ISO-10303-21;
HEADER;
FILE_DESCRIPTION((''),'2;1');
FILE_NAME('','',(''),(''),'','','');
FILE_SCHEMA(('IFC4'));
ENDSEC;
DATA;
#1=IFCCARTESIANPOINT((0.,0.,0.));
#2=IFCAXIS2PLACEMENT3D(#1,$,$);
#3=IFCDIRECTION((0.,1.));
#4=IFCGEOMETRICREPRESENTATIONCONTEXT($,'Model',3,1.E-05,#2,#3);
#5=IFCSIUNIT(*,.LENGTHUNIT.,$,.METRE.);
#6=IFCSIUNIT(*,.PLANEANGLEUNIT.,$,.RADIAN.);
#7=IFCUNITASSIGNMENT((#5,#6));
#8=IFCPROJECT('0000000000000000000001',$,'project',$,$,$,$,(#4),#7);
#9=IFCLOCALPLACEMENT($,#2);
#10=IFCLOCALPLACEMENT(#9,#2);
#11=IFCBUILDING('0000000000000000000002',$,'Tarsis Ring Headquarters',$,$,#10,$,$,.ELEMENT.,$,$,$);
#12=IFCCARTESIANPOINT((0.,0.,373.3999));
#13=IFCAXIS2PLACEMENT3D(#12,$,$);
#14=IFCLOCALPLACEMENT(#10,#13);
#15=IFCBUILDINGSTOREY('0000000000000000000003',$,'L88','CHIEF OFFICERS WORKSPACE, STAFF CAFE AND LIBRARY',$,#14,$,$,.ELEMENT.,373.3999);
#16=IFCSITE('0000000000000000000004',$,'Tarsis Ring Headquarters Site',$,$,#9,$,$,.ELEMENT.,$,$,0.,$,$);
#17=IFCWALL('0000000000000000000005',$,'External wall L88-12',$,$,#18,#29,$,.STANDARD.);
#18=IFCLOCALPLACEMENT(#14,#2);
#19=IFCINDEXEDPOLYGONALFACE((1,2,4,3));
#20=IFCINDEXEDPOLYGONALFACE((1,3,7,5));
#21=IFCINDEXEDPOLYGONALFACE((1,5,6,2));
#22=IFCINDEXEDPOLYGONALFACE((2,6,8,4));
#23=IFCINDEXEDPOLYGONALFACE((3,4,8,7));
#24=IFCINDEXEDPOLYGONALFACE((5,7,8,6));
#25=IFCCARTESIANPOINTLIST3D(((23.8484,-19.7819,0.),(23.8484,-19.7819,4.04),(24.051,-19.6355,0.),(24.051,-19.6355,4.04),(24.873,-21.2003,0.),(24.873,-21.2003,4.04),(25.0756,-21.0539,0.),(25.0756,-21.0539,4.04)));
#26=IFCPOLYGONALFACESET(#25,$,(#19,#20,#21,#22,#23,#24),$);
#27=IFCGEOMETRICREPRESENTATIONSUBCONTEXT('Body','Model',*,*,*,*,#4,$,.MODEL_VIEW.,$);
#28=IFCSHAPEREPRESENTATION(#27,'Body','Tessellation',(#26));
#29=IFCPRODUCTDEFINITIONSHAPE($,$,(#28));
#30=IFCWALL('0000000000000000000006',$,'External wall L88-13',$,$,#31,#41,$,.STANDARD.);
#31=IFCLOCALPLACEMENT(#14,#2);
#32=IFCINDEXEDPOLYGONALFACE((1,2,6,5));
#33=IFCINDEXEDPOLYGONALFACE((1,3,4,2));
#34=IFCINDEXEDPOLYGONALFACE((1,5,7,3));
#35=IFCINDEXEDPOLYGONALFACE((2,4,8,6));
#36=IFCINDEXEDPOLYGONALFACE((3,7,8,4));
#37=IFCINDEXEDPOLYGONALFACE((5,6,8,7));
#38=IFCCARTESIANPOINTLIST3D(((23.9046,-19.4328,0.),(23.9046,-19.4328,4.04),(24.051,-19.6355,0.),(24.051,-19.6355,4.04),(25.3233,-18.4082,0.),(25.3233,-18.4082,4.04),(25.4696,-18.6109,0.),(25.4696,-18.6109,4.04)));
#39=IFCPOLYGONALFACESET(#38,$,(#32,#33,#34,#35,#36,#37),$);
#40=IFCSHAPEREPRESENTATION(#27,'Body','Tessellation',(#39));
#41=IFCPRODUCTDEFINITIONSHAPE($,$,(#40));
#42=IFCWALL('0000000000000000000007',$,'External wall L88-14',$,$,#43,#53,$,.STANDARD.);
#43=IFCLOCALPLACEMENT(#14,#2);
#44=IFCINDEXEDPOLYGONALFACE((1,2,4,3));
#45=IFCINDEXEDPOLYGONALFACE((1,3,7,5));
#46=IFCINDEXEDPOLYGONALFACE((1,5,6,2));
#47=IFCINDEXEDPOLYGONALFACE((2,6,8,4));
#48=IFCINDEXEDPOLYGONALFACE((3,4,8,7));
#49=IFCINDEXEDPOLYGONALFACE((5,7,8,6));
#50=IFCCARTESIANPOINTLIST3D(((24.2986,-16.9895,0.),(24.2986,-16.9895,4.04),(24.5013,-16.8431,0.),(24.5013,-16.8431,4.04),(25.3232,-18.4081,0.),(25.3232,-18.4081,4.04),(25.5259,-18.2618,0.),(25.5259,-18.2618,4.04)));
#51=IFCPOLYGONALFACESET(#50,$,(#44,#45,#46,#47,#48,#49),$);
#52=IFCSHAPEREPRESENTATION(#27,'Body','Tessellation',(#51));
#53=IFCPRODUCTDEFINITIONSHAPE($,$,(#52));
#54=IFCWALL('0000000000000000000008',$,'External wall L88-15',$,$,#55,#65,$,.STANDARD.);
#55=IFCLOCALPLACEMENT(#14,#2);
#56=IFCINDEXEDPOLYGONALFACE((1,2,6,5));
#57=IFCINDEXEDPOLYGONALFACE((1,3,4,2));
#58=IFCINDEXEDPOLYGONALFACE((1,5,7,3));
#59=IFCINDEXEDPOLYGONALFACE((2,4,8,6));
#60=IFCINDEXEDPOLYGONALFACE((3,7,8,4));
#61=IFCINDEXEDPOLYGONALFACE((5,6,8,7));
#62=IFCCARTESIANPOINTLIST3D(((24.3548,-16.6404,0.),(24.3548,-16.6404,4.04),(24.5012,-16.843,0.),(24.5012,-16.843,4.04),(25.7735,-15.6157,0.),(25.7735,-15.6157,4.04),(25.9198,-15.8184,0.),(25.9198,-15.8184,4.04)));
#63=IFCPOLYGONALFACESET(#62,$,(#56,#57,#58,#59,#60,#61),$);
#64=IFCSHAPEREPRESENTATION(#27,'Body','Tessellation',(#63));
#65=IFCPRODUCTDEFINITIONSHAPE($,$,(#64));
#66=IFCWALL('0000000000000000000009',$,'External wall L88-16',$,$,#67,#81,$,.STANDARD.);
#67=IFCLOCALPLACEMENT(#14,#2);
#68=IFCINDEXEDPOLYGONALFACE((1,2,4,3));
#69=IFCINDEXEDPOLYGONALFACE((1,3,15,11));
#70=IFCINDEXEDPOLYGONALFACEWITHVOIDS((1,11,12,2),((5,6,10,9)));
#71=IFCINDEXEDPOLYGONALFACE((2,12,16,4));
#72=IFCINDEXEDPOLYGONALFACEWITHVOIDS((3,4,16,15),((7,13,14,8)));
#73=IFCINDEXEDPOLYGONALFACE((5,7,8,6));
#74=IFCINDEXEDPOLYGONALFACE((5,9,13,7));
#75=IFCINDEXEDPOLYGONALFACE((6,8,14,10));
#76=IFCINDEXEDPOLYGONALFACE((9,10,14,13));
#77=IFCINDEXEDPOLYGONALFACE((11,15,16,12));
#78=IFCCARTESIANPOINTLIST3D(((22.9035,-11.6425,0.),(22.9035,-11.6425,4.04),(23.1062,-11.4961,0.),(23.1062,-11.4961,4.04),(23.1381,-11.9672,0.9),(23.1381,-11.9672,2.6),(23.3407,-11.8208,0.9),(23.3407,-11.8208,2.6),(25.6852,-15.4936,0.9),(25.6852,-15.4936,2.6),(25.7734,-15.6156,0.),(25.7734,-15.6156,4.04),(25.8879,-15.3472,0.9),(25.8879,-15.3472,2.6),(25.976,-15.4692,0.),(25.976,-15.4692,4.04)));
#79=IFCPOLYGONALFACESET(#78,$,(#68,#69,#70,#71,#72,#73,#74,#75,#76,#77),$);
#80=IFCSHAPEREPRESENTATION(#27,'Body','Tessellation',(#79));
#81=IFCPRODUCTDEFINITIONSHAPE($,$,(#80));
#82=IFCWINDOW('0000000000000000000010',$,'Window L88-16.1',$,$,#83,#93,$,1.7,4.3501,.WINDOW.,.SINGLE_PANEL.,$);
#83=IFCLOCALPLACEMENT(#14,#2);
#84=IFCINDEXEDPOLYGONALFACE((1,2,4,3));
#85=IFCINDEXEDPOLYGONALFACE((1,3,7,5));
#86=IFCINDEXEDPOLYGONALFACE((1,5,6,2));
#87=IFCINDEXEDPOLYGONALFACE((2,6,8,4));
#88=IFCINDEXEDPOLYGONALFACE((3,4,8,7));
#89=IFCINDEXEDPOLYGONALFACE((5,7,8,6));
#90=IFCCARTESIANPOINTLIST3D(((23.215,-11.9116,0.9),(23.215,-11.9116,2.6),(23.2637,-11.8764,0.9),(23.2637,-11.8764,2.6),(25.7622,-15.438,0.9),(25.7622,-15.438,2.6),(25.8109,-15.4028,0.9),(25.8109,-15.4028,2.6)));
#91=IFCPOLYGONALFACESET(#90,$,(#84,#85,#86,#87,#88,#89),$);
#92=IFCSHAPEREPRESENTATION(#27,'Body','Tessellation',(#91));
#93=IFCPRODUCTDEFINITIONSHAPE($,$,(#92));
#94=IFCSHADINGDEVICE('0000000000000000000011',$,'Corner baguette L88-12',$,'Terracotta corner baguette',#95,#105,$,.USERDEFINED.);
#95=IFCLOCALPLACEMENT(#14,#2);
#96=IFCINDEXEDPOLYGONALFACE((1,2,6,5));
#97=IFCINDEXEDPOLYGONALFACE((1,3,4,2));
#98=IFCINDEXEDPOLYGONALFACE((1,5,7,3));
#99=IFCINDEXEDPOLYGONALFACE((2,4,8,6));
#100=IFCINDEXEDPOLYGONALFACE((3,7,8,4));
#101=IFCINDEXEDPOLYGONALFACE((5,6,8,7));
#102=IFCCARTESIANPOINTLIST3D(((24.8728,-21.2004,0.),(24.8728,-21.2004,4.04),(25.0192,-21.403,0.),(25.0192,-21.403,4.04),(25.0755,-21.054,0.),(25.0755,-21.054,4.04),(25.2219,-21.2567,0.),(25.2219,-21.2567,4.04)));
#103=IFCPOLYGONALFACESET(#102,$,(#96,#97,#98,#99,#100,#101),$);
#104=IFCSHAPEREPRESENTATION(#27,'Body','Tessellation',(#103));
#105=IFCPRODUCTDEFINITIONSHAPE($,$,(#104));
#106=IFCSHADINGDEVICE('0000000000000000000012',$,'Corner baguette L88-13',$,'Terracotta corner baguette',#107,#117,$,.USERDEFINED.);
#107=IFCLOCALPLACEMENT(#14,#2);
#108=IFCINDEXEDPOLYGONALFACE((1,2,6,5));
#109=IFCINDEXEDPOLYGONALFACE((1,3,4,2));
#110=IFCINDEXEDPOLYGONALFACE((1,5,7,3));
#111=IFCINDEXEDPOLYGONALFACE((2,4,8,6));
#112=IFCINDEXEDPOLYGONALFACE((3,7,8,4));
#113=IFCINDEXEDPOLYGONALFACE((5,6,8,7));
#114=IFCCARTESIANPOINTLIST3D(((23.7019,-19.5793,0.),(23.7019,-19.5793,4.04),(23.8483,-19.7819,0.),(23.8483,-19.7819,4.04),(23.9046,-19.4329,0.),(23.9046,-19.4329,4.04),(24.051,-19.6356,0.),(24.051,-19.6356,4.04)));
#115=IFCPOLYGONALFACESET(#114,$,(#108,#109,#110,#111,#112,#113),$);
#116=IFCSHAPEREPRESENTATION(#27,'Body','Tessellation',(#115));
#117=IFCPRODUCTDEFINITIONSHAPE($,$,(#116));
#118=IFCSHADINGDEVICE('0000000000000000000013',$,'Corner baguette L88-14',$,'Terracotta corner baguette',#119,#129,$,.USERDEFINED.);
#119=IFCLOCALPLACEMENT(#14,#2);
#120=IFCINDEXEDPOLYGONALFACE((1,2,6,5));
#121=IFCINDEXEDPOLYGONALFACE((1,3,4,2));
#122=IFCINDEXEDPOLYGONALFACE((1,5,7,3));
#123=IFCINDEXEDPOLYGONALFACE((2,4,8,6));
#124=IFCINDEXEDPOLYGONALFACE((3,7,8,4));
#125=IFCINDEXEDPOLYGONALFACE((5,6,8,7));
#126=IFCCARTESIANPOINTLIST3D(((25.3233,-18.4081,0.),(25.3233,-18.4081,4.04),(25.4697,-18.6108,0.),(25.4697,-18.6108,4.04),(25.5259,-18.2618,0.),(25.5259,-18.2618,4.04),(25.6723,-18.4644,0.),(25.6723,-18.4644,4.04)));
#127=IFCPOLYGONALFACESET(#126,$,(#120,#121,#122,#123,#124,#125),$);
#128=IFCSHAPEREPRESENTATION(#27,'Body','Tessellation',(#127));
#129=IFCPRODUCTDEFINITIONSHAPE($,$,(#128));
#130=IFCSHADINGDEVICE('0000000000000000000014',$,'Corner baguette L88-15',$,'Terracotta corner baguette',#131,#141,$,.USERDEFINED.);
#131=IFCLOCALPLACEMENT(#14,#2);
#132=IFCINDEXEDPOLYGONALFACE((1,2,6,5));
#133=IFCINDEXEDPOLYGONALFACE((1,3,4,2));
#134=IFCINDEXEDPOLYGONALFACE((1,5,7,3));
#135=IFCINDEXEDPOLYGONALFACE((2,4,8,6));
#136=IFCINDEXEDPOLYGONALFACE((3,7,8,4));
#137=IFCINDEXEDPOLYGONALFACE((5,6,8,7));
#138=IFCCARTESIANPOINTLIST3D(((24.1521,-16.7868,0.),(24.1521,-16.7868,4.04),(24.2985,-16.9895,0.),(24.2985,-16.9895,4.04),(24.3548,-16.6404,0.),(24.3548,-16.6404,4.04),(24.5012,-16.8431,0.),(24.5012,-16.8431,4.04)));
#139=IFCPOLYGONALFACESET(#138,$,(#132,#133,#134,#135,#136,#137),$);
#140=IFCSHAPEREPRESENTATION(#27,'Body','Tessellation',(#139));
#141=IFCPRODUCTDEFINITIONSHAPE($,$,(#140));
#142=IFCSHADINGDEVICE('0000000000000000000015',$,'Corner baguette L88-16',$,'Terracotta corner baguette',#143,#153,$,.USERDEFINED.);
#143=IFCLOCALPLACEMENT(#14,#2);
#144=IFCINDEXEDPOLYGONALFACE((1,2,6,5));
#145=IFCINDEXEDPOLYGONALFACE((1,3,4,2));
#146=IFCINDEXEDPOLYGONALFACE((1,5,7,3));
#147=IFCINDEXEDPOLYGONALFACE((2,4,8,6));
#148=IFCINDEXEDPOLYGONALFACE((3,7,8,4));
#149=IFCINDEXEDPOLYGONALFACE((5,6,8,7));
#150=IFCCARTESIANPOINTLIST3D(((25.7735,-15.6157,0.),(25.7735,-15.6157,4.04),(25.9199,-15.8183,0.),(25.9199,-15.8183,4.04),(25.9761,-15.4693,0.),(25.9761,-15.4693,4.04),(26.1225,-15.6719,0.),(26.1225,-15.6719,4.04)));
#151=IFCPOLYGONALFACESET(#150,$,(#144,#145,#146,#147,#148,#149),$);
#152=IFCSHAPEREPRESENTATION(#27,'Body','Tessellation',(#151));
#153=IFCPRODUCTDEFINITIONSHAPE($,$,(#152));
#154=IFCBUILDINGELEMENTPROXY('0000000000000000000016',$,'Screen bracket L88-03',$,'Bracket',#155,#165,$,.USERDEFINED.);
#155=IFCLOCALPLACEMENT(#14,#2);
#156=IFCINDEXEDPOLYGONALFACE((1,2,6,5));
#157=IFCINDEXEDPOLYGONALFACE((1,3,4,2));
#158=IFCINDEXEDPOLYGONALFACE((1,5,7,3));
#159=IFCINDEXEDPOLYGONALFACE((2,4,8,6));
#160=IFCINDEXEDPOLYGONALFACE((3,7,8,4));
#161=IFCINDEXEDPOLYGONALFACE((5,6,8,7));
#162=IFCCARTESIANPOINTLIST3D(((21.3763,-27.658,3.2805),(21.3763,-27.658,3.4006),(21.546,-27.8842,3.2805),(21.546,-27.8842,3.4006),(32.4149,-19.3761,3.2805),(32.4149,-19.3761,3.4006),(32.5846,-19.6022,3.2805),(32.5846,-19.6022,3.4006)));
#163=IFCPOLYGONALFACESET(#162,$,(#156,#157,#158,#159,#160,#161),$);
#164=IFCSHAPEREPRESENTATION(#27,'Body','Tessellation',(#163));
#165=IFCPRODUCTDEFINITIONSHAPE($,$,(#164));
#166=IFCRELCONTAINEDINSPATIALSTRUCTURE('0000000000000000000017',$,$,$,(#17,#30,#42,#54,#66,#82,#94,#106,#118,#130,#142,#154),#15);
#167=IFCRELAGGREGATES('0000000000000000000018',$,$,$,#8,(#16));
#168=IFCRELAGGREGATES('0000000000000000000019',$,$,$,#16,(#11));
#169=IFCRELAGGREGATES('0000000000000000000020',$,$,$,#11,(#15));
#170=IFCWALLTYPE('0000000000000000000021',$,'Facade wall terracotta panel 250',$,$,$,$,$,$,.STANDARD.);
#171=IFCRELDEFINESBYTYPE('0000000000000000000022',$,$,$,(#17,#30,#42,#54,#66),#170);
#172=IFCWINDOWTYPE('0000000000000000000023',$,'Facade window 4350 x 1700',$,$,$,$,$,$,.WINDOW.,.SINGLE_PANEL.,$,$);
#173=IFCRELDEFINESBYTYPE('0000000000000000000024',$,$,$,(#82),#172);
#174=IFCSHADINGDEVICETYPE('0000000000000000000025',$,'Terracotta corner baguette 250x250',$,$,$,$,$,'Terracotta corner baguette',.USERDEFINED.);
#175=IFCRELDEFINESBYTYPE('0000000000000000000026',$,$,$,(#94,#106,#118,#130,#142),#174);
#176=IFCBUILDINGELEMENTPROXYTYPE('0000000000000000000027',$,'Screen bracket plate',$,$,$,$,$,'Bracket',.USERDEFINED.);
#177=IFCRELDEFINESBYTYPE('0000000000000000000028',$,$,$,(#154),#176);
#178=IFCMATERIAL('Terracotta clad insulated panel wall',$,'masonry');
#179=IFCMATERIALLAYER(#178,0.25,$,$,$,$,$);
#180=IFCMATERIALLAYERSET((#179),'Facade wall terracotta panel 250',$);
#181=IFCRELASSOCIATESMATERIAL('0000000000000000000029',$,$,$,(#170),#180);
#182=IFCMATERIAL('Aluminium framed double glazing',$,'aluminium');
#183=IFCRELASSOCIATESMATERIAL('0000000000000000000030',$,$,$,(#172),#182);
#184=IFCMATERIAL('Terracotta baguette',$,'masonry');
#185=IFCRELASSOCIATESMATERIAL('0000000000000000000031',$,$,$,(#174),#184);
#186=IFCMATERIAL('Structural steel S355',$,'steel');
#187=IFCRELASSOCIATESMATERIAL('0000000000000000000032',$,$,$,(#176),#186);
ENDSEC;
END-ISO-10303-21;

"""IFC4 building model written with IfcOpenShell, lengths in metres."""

from ifc_helpers import new_model, si_unit, direction, frame, frame_2d, origin, origin_2d, place, context, subcontext, project, spatial, rectangle, extrude, material, layer, layer_set, type_object, element, fill, save


model = new_model("IFC4")

# Units and contexts
model_context = context("Model", 3, precision=1e-05, world=origin(), true_north=direction((0.0, 1.0)))
body_context = subcontext(model_context, "Body", "Model", "MODEL_VIEW")
ifc_project = project(units=[si_unit("LENGTHUNIT", "METRE"), si_unit("PLANEANGLEUNIT", "RADIAN")], contexts=[model_context])

# Site, building, storey
site_placement = place(None, origin())
site = spatial("IfcSite", under=ifc_project, at=site_placement, Name="Tarsis Ring Headquarters Site", CompositionType="ELEMENT", RefElevation=0.0)
building_placement = place(site_placement, origin())
building = spatial("IfcBuilding", under=site, at=building_placement, Name="Tarsis Ring Headquarters", CompositionType="ELEMENT")
storey_placement = place(building_placement, frame((0.0, 0.0, 373.3999)))
storey = spatial("IfcBuildingStorey", under=building, at=storey_placement, Name="L88", Description="CHIEF OFFICERS WORKSPACE, STAFF CAFE AND LIBRARY", CompositionType="ELEMENT", Elevation=373.3999)

# Shared definitions
ifc_material_1 = material(Name="Structural steel S355", Category="steel")

# Walls
ifc_material_2 = material(Name="Terracotta clad insulated panel wall", Category="masonry")
ifc_layer_1 = layer(ifc_material_2, 0.25)
ifc_layer_set_1 = layer_set([ifc_layer_1], Name="Facade wall terracotta panel 250")
wall_type = type_object("IfcWallType", Name="Facade wall terracotta panel 250", PredefinedType="STANDARD", material=ifc_layer_set_1)
wall_1_placement = place(storey_placement, frame((24.9744, -21.1272, 0.0), z_axis=(0.0, 0.0, 1.0), x_axis=(-0.585572, 0.81062, 0.0)))
element("IfcWall", 1, at=wall_1_placement, inside=storey, type_object=wall_type, Name="External wall L88-12", PredefinedType="STANDARD", context=body_context, shape_type="SweptSolid", body=[
    extrude(rectangle(XDim=1.7498, YDim=0.25, at=frame_2d((0.875, 0.0))), origin(), (0.0, 0.0, 1.0), 4.04),
])
for number, where, z_axis, x_axis, name in (
    (2, (23.9778, -19.5342, 0.0), (0.0, 0.0, 1.0), (0.810668, 0.585506, 0.0), "External wall L88-13"),
    (3, (25.4246, -18.335, 0.0), (0.0, 0.0, 1.0), (-0.585506, 0.810668, 0.0), "External wall L88-14"),
    (4, (24.428, -16.7417, 0.0), (0.0, 0.0, 1.0), (0.810668, 0.585506, 0.0), "External wall L88-15"),
):
    element("IfcWall", number, at=place(storey_placement, frame(where, z_axis=z_axis, x_axis=x_axis)), inside=storey, type_object=wall_type, Name=name, PredefinedType="STANDARD", context=body_context, shape_type="SweptSolid", body=[
        extrude(rectangle(XDim=1.75, YDim=0.25, at=frame_2d((0.875, 0.0))), origin(), (0.0, 0.0, 1.0), 4.04),
    ])

# Wall, opening, window
wall_2_placement = place(storey_placement, frame((25.8748, -15.5425, 0.0), z_axis=(0.0, 0.0, 1.0), x_axis=(-0.585541, 0.810642, 0.0)))
wall_2 = element("IfcWall", 5, at=wall_2_placement, inside=storey, type_object=wall_type, Name="External wall L88-16", PredefinedType="STANDARD", context=body_context, shape_type="SweptSolid", body=[
    extrude(rectangle(XDim=4.9011, YDim=0.25, at=frame_2d((2.4507, 0.0))), origin(), (0.0, 0.0, 1.0), 4.04),
])
opening_placement = place(wall_2_placement, frame((0.1506, 0.0, 0.8999)))
opening = element("IfcOpeningElement", 6, at=opening_placement, cuts=wall_2, PredefinedType="OPENING", context=body_context, shape_type="SweptSolid", body=[
    extrude(rectangle(XDim=4.3501, YDim=1.7, at=frame_2d((2.175, 0.8501))), frame((0.0, 0.135, 0.0), z_axis=(0.0, -1.0, 0.0), x_axis=(1.0, 0.0, 0.0)), (0.0, 0.0, 1.0), 0.27),
])
ifc_material_3 = material(Name="Aluminium framed double glazing", Category="aluminium")
window_type = type_object("IfcWindowType", Name="Facade window 4350 x 1700", PartitioningType="SINGLE_PANEL", PredefinedType="WINDOW", material=ifc_material_3)
window_placement = place(opening_placement, origin())
window = element("IfcWindow", 7, at=window_placement, inside=storey, type_object=window_type, Name="Window L88-16.1", OverallHeight=1.7, OverallWidth=4.3501, PartitioningType="SINGLE_PANEL", PredefinedType="WINDOW", context=body_context, shape_type="SweptSolid", body=[
    extrude(rectangle(XDim=4.3501, YDim=1.7, at=frame_2d((2.175, 0.8501))), frame((0.0, 0.03, 0.0), z_axis=(0.0, -1.0, 0.0), x_axis=(1.0, 0.0, 0.0)), (0.0, 0.0, 1.0), 0.0601),
])
fill(opening, window)

# Shading devices
ifc_material_4 = material(Name="Terracotta baguette", Category="masonry")
shading_device_type_1 = type_object("IfcShadingDeviceType", Name="Terracotta corner baguette 250x250", ElementType="Terracotta corner baguette", PredefinedType="USERDEFINED", material=ifc_material_4)
for number, where, z_axis, x_axis, name in (
    (8, (25.0474, -21.2285, 0.0), (0.0, 0.0, 1.0), (0.810655, 0.585524, 0.0), "Corner baguette L88-12"),
    (9, (23.8765, -19.6074, 0.0), (0.0, 0.0, 1.0), (-0.585524, 0.810655, 0.0), "Corner baguette L88-13"),
    (10, (25.4978, -18.4363, 0.0), (0.0, 0.0, 1.0), (0.810655, 0.585523, 0.0), "Corner baguette L88-14"),
    (11, (24.3267, -16.8149, 0.0), (0.0, 0.0, 1.0), (-0.585523, 0.810655, 0.0), "Corner baguette L88-15"),
    (12, (25.948, -15.6438, 0.0), (0.0, 0.0, 1.0), (0.810655, 0.585524, 0.0), "Corner baguette L88-16"),
):
    element("IfcShadingDevice", number, at=place(storey_placement, frame(where, z_axis=z_axis, x_axis=x_axis)), inside=storey, type_object=shading_device_type_1, Name=name, ObjectType="Terracotta corner baguette", PredefinedType="USERDEFINED", context=body_context, shape_type="SweptSolid", body=[
        extrude(rectangle(XDim=0.25, YDim=0.25, at=origin_2d()), origin(), (0.0, 0.0, 1.0), 4.04),
    ])

# Building element proxy
building_element_proxy_type = type_object("IfcBuildingElementProxyType", Name="Screen bracket plate", ElementType="Bracket", PredefinedType="USERDEFINED", material=ifc_material_1)
proxy_placement = place(storey_placement, frame((26.9805, -23.6301, 3.2805), z_axis=(0.0, 0.0, 1.0), x_axis=(0.799894, 0.600141, 0.0)))
element("IfcBuildingElementProxy", 13, at=proxy_placement, inside=storey, type_object=building_element_proxy_type, Name="Screen bracket L88-03", ObjectType="Bracket", PredefinedType="USERDEFINED", context=body_context, shape_type="SweptSolid", body=[
    extrude(rectangle(XDim=13.8, YDim=0.2827, at=origin_2d()), origin(), (0.0, 0.0, 1.0), 0.1201),
])

save(model, "model.ifc")
